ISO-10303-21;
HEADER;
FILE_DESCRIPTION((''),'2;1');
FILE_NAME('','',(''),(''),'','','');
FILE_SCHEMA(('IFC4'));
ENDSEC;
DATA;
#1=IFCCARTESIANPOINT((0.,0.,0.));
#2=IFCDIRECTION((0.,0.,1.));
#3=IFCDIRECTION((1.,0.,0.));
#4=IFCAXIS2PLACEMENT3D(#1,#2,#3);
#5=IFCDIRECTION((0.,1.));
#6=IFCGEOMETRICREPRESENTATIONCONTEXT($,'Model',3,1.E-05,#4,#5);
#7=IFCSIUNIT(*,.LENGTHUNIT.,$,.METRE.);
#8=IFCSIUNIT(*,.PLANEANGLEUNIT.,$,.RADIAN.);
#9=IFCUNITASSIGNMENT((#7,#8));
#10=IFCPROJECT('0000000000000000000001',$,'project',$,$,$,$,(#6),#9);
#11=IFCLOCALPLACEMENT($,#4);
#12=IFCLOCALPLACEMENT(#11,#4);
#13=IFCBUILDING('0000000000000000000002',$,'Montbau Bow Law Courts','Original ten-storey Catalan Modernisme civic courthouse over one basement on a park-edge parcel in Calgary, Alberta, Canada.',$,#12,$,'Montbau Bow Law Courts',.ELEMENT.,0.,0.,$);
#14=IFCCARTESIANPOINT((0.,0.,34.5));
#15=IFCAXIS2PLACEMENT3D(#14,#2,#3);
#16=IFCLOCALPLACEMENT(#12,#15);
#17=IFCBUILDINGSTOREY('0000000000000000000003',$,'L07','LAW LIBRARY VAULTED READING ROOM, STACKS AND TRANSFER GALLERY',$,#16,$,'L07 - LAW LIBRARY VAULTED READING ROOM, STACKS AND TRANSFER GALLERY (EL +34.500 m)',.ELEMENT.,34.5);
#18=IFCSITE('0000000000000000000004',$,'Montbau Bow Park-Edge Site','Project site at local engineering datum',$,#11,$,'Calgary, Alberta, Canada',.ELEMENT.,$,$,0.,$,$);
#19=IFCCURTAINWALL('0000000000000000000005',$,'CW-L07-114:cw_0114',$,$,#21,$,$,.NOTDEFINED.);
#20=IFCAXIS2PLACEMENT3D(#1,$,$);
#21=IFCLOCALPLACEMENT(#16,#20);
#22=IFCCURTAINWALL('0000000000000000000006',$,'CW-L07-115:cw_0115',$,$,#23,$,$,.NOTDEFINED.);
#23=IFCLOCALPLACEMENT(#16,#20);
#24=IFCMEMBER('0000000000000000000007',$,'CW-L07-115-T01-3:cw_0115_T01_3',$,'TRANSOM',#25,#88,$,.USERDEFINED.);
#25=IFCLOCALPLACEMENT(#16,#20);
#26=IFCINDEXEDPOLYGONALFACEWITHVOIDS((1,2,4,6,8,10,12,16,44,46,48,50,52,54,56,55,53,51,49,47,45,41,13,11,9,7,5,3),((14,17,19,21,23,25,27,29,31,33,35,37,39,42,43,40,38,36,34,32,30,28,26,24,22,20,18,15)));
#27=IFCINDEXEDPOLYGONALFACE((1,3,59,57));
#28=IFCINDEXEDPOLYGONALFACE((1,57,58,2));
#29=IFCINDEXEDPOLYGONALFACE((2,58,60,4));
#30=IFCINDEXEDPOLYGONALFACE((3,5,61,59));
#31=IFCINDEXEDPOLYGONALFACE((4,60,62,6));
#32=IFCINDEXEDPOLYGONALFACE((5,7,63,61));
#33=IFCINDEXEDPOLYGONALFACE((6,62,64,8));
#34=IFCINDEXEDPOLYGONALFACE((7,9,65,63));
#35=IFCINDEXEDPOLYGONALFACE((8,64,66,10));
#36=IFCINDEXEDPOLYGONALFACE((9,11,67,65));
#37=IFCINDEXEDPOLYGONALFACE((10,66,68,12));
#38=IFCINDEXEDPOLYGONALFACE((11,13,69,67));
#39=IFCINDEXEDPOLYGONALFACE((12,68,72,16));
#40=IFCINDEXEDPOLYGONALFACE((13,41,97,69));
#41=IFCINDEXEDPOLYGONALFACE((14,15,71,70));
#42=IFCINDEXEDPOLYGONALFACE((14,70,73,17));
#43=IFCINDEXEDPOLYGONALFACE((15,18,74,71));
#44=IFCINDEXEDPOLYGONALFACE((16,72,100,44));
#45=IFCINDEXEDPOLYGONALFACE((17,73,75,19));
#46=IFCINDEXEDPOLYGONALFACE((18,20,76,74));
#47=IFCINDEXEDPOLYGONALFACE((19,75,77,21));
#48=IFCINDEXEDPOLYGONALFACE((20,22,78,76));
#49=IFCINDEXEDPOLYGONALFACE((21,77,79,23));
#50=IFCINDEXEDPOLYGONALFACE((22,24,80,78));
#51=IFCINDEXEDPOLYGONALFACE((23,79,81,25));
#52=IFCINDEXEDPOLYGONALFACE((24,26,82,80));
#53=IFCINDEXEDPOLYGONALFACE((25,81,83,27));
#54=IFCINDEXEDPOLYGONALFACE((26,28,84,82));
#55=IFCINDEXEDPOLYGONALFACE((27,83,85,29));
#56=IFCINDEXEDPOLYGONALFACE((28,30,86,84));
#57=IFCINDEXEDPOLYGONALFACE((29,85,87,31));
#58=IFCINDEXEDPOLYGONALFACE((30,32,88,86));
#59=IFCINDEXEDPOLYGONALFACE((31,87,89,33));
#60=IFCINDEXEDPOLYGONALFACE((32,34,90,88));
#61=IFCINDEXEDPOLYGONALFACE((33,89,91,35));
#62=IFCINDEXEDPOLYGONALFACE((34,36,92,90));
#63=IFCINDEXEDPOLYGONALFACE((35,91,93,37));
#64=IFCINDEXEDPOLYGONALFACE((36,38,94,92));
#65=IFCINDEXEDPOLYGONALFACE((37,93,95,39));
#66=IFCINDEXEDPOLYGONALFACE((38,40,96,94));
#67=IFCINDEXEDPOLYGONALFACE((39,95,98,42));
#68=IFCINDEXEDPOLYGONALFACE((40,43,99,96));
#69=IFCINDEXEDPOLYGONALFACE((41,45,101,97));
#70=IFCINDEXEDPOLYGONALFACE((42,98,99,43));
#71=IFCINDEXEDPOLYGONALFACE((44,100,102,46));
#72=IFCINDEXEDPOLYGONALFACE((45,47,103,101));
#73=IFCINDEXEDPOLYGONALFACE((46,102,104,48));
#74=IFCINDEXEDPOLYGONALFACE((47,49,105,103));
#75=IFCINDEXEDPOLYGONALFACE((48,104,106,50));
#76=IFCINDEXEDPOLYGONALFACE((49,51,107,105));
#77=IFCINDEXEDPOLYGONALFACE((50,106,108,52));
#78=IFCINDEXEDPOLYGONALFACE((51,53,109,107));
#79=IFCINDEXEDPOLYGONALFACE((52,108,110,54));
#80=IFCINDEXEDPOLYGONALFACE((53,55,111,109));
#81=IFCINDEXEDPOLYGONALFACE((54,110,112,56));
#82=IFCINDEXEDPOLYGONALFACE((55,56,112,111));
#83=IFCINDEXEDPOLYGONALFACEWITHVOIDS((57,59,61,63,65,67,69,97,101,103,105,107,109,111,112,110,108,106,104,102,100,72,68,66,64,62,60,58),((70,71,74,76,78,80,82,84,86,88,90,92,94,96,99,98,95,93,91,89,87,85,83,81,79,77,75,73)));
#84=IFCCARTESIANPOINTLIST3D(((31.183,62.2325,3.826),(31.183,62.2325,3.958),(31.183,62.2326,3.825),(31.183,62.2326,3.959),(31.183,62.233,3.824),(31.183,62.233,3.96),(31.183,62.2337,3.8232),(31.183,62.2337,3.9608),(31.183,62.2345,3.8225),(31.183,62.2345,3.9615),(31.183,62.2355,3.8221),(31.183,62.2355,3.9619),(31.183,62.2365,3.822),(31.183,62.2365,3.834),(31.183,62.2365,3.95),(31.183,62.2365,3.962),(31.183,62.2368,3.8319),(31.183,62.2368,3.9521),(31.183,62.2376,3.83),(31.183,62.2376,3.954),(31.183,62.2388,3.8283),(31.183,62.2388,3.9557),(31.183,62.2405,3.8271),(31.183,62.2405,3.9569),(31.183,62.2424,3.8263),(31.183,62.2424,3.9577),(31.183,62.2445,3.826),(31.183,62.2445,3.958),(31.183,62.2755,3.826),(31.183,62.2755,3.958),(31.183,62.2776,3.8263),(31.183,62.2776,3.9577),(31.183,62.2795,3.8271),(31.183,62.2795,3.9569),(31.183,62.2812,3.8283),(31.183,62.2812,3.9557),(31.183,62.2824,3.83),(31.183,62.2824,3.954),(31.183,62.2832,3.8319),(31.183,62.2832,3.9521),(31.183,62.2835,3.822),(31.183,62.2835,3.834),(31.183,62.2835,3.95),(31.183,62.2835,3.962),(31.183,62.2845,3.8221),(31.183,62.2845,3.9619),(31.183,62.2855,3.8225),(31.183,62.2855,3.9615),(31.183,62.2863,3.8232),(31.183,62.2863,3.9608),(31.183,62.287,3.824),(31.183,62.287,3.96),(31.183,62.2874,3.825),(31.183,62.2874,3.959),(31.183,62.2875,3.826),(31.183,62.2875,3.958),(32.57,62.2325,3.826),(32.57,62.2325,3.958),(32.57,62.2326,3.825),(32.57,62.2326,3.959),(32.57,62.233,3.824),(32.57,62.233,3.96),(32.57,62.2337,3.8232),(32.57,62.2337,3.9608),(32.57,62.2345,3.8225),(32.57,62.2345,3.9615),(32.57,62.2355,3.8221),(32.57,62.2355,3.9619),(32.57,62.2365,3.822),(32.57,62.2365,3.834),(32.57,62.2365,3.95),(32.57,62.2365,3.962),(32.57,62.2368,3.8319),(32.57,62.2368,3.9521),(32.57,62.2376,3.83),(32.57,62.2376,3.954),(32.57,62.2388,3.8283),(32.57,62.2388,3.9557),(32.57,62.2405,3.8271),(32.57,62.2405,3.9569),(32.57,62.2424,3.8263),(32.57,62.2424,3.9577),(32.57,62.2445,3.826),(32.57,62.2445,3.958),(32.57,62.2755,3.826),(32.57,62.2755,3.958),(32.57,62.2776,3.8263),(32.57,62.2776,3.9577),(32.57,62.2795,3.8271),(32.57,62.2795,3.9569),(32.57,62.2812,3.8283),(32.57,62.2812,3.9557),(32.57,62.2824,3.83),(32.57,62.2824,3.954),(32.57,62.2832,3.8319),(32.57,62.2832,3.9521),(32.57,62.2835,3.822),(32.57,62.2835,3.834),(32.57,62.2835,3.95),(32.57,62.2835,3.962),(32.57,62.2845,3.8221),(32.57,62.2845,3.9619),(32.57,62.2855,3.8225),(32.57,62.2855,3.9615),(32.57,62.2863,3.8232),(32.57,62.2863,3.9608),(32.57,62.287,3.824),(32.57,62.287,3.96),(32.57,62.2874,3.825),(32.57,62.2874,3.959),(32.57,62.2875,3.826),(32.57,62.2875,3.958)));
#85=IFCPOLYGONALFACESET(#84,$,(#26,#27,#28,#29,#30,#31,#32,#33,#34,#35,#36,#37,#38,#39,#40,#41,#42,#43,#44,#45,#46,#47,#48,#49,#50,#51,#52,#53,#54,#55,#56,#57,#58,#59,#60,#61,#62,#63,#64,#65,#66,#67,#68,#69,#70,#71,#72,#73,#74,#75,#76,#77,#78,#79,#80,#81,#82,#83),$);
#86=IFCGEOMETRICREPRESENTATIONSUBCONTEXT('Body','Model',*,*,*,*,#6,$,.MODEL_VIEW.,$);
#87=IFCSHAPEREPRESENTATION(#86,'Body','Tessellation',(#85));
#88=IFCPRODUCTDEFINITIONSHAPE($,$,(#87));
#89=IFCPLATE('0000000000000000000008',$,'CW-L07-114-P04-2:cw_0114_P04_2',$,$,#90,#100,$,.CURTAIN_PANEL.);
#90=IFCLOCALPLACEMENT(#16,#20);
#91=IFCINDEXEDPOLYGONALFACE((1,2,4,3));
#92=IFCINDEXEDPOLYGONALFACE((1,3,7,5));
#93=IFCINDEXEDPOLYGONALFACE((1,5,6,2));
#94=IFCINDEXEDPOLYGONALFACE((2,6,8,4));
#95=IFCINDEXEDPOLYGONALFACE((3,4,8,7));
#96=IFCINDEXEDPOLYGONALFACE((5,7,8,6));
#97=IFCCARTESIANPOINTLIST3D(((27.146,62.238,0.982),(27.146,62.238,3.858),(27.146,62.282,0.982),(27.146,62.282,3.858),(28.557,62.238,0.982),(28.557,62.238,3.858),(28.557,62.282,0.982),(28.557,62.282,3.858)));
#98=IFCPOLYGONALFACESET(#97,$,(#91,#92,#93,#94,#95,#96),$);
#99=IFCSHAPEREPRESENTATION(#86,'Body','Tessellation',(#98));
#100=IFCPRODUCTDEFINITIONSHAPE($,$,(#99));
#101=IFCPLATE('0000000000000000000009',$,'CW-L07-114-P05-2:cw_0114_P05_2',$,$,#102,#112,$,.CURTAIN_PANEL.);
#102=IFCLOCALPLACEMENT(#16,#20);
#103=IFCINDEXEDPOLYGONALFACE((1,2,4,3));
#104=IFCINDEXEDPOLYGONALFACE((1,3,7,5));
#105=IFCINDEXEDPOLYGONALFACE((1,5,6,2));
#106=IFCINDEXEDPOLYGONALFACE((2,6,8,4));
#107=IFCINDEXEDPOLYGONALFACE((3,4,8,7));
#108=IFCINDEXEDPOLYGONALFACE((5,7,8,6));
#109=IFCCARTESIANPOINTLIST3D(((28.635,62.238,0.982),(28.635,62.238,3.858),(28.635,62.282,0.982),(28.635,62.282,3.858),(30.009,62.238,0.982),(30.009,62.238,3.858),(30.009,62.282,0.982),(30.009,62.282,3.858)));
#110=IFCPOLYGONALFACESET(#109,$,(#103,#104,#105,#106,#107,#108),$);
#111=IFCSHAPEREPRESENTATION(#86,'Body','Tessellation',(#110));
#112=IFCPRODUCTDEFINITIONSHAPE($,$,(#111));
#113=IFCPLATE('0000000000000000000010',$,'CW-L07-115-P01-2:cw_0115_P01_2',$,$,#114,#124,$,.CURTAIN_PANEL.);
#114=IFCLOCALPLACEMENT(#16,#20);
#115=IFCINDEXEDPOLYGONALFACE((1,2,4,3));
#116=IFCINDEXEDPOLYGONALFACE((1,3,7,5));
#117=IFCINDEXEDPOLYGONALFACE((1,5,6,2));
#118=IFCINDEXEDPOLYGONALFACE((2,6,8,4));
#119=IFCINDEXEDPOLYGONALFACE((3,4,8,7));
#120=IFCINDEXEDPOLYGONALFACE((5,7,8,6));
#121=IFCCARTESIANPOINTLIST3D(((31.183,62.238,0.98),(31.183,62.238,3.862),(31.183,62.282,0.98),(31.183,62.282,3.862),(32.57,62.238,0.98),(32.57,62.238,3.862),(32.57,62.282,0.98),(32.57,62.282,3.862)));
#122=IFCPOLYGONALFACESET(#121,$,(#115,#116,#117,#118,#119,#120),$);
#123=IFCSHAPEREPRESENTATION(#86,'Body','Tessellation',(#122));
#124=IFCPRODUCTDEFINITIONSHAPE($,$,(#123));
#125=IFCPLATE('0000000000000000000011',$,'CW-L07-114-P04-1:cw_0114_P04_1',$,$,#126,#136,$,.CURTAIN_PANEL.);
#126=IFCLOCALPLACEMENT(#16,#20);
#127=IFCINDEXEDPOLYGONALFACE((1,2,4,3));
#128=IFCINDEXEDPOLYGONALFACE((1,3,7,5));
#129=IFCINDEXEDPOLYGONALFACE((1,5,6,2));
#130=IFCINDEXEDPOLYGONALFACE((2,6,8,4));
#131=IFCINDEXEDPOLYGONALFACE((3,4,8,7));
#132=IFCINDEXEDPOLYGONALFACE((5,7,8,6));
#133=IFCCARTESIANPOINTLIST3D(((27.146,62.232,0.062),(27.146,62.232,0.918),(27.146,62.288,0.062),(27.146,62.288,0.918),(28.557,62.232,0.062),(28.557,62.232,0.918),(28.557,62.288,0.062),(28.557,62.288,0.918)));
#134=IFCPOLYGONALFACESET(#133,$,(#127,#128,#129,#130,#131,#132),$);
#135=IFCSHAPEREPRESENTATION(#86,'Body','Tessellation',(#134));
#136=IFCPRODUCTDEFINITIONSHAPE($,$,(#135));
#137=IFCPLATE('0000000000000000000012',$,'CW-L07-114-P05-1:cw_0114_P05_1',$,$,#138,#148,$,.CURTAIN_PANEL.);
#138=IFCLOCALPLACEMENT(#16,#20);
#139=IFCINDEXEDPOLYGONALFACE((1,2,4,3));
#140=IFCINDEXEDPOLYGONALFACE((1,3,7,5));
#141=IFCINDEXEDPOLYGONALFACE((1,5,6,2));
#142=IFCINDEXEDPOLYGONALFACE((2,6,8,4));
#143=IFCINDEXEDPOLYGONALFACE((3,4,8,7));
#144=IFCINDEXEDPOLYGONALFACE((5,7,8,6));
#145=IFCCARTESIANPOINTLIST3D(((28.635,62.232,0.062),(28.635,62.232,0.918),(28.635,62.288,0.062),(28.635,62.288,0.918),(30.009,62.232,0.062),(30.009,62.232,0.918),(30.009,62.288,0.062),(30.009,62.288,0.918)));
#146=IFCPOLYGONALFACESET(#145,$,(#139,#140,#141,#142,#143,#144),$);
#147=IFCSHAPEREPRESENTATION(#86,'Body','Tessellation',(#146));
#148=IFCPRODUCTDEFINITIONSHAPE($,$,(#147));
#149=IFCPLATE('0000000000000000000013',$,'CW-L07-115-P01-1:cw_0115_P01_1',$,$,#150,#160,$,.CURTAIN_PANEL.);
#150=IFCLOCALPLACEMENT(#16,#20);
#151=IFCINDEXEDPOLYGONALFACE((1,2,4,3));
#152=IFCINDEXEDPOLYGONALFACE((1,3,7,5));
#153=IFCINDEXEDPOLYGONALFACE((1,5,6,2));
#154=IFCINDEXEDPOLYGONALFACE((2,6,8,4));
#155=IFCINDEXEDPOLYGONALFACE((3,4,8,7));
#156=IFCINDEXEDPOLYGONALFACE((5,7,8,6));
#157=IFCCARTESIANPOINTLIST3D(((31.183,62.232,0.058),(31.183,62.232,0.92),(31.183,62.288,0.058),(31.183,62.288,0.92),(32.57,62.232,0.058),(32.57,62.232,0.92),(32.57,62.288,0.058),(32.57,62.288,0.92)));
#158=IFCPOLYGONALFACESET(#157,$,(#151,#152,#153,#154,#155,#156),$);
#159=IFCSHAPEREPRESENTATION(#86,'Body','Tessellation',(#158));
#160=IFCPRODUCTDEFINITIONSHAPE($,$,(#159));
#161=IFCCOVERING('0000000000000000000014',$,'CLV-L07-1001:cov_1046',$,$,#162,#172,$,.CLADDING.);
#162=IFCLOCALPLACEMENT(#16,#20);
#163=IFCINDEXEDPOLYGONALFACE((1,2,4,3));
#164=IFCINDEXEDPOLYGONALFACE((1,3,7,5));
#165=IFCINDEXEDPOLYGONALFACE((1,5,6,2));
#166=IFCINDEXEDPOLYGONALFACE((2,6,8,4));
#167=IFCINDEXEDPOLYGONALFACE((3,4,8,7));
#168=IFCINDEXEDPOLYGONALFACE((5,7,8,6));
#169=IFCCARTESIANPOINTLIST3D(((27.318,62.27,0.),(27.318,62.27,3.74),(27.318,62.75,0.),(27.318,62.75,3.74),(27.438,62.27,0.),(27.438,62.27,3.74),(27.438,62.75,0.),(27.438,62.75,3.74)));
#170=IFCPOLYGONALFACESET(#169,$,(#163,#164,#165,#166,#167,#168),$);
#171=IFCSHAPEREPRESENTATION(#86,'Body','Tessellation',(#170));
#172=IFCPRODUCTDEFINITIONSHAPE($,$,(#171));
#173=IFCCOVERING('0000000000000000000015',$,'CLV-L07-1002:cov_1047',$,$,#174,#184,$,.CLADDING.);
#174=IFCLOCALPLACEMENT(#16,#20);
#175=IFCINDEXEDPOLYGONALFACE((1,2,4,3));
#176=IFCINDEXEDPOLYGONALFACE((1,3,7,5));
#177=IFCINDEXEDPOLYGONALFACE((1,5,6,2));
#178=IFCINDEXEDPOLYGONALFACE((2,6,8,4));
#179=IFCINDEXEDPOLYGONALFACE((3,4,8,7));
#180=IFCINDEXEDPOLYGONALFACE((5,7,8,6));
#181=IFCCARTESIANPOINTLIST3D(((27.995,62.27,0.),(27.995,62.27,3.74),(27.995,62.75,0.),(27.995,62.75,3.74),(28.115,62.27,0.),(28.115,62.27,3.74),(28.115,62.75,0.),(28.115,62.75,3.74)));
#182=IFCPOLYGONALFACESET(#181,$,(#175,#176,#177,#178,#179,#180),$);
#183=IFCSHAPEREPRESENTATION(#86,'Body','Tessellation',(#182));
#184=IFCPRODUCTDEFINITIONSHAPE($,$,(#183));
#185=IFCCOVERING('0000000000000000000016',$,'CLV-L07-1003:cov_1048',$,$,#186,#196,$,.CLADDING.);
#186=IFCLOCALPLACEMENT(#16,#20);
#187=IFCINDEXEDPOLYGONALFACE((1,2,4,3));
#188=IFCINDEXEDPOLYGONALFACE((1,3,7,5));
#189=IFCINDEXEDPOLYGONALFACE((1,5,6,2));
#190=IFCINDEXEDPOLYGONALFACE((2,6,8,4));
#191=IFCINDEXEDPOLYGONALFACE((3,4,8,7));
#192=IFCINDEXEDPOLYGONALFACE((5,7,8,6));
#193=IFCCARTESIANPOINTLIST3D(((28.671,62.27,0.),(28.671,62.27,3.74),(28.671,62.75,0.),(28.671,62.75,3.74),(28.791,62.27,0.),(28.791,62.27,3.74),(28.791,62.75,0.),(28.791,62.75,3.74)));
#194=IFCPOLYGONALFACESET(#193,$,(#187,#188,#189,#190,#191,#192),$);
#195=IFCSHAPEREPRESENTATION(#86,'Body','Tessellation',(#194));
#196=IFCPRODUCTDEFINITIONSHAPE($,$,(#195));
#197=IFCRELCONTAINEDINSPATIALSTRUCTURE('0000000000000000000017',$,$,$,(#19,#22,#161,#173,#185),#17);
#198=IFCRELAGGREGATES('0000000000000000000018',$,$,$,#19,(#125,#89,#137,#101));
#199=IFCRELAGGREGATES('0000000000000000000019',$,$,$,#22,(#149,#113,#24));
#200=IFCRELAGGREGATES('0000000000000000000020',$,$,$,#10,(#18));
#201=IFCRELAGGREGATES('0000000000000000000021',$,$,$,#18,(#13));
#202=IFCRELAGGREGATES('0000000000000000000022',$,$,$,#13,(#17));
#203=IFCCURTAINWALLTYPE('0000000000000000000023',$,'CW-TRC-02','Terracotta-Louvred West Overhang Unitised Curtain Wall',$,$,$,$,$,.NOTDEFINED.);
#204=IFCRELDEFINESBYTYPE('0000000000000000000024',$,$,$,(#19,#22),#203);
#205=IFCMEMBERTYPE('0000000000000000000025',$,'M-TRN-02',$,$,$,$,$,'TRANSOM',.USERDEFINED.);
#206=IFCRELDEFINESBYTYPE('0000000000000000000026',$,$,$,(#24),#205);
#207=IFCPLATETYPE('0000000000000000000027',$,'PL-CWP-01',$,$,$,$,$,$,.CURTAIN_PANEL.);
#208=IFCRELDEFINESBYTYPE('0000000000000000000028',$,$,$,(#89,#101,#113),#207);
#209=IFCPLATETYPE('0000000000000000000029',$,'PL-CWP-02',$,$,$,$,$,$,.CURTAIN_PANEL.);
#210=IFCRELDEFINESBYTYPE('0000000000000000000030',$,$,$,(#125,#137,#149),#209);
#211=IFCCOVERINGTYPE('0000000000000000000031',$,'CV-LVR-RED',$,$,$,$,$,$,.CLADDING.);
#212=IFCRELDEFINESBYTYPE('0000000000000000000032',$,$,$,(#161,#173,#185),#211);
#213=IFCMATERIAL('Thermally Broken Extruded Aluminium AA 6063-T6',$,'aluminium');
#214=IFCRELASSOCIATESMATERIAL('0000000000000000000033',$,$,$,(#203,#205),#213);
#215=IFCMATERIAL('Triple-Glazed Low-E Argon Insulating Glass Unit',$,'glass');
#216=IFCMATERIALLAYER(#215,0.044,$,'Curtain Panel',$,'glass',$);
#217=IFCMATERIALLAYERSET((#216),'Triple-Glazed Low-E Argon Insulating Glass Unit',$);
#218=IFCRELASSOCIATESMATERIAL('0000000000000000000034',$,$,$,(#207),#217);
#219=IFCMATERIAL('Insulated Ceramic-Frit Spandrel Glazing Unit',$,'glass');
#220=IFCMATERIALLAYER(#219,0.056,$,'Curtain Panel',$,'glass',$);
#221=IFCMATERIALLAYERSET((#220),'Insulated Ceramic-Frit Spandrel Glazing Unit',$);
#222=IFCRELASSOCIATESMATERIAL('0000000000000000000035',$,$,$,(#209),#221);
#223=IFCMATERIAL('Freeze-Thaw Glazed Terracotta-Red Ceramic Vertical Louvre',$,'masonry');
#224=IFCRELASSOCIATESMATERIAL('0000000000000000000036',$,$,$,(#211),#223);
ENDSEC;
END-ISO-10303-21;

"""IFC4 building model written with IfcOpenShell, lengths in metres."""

from ifc_helpers import new_model, si_unit, direction, frame, frame_2d, origin_with_axes, origin_2d_with_axis, place, context, subcontext, project, spatial, rectangle, hollow_rectangle, extrude, material, layer, layer_set, material_profile, profile_set, type_object, element, aggregate, save


model = new_model("IFC4")

# Units and contexts
model_context = context("Model", 3, precision=1e-05, world=origin_with_axes(), true_north=direction((0.0, 1.0)))
body_context = subcontext(model_context, "Body", "Model", "MODEL_VIEW")
ifc_project = project(units=[si_unit("LENGTHUNIT", "METRE"), si_unit("PLANEANGLEUNIT", "RADIAN")], contexts=[model_context])

# Site, building, storey
site_placement = place(None, origin_with_axes())
site = spatial("IfcSite", under=ifc_project, at=site_placement, Name="Montbau Bow Park-Edge Site", Description="Project site at local engineering datum", LongName="Calgary, Alberta, Canada", CompositionType="ELEMENT", RefElevation=0.0)
building_placement = place(site_placement, origin_with_axes())
building = spatial("IfcBuilding", under=site, at=building_placement, Name="Montbau Bow Law Courts", Description="Original ten-storey Catalan Modernisme civic courthouse over one basement on a park-edge parcel in Calgary, Alberta, Canada.", LongName="Montbau Bow Law Courts", CompositionType="ELEMENT", ElevationOfRefHeight=0.0, ElevationOfTerrain=0.0)
storey_placement = place(building_placement, frame((0.0, 0.0, 34.5), z_axis=(0.0, 0.0, 1.0), x_axis=(1.0, 0.0, 0.0)))
storey = spatial("IfcBuildingStorey", under=building, at=storey_placement, Name="L07", Description="LAW LIBRARY VAULTED READING ROOM, STACKS AND TRANSFER GALLERY", LongName="L07 - LAW LIBRARY VAULTED READING ROOM, STACKS AND TRANSFER GALLERY (EL +34.500 m)", CompositionType="ELEMENT", Elevation=34.5)

# Curtain wall
ifc_material_1 = material(Name="Thermally Broken Extruded Aluminium AA 6063-T6", Category="aluminium")
curtain_wall_type = type_object("IfcCurtainWallType", Name="CW-TRC-02", Description="Terracotta-Louvred West Overhang Unitised Curtain Wall", PredefinedType="NOTDEFINED", material=ifc_material_1)
curtain_wall_1_placement = place(None, frame((22.64, 62.26, 34.5), z_axis=(0.0, 0.0, 1.0), x_axis=(1.0, 0.0, 0.0)))
curtain_wall_1 = element("IfcCurtainWall", 1, at=curtain_wall_1_placement, inside=storey, type_object=curtain_wall_type, Name="CW-L07-114:cw_0114", PredefinedType="NOTDEFINED")

# Curtain wall
curtain_wall_2_placement = place(None, frame((31.115, 62.26, 34.5), z_axis=(0.0, 0.0, 1.0), x_axis=(1.0, 0.0, 0.0)))
curtain_wall_2 = element("IfcCurtainWall", 2, at=curtain_wall_2_placement, inside=storey, type_object=curtain_wall_type, Name="CW-L07-115:cw_0115", PredefinedType="NOTDEFINED")

# Member
ifc_material_profile_1 = material_profile(ifc_material_1, hollow_rectangle(XDim=0.055, YDim=0.14, WallThickness=0.004, InnerFilletRadius=0.008, OuterFilletRadius=0.004, at=origin_2d_with_axis()), Name="CWT-140X55", Category="Main", Priority=0)
ifc_profile_set_1 = profile_set([ifc_material_profile_1], Name="Thermally Broken Extruded Aluminium AA 6063-T6")
member_type_1 = type_object("IfcMemberType", Name="M-TRN-02", ElementType="TRANSOM", PredefinedType="USERDEFINED", material=ifc_profile_set_1)
member_1_placement = place(None, frame((31.183, 62.26, 38.392), z_axis=(1.0, 0.0, 0.0), x_axis=(0.0, 1.0, 0.0)))
member_1 = element("IfcMember", 3, at=member_1_placement, type_object=member_type_1, Name="CW-L07-115-T01-3:cw_0115_T01_3", ObjectType="TRANSOM", PredefinedType="USERDEFINED", context=body_context, shape_type="SweptSolid", body=[
    extrude(hollow_rectangle(XDim=0.055, YDim=0.14, WallThickness=0.004, InnerFilletRadius=0.008, OuterFilletRadius=0.004, at=origin_2d_with_axis()), origin_with_axes(), (0.0, 0.0, 1.0), 1.387),
])

# Plates
ifc_material_2 = material(Name="Triple-Glazed Low-E Argon Insulating Glass Unit", Category="glass")
ifc_layer_1 = layer(ifc_material_2, 0.044, Name="Curtain Panel", Category="glass")
ifc_layer_set_1 = layer_set([ifc_layer_1], Name="Triple-Glazed Low-E Argon Insulating Glass Unit")
plate_type_1 = type_object("IfcPlateType", Name="PL-CWP-01", PredefinedType="CURTAIN_PANEL", material=ifc_layer_set_1)
plate_1_placement = place(None, frame((27.146, 62.26, 35.482), z_axis=(0.0, -1.0, 0.0), x_axis=(1.0, 0.0, 0.0)))
plate_1 = element("IfcPlate", 4, at=plate_1_placement, type_object=plate_type_1, Name="CW-L07-114-P04-2:cw_0114_P04_2", PredefinedType="CURTAIN_PANEL", context=body_context, shape_type="SweptSolid", body=[
    extrude(rectangle(XDim=1.411, YDim=2.876, at=frame_2d((0.7055, 1.438), x_axis=(1.0, 0.0))), frame((0.0, 0.0, -0.022), z_axis=(0.0, 0.0, 1.0), x_axis=(1.0, 0.0, 0.0)), (0.0, 0.0, 1.0), 0.044),
])
plate_2_placement = place(None, frame((28.635, 62.26, 35.482), z_axis=(0.0, -1.0, 0.0), x_axis=(1.0, 0.0, 0.0)))
plate_2 = element("IfcPlate", 5, at=plate_2_placement, type_object=plate_type_1, Name="CW-L07-114-P05-2:cw_0114_P05_2", PredefinedType="CURTAIN_PANEL", context=body_context, shape_type="SweptSolid", body=[
    extrude(rectangle(XDim=1.374, YDim=2.876, at=frame_2d((0.687, 1.438), x_axis=(1.0, 0.0))), frame((0.0, 0.0, -0.022), z_axis=(0.0, 0.0, 1.0), x_axis=(1.0, 0.0, 0.0)), (0.0, 0.0, 1.0), 0.044),
])
plate_3_placement = place(None, frame((31.183, 62.26, 35.48), z_axis=(0.0, -1.0, 0.0), x_axis=(1.0, 0.0, 0.0)))
plate_3 = element("IfcPlate", 6, at=plate_3_placement, type_object=plate_type_1, Name="CW-L07-115-P01-2:cw_0115_P01_2", PredefinedType="CURTAIN_PANEL", context=body_context, shape_type="SweptSolid", body=[
    extrude(rectangle(XDim=1.387, YDim=2.882, at=frame_2d((0.6935, 1.441), x_axis=(1.0, 0.0))), frame((0.0, 0.0, -0.022), z_axis=(0.0, 0.0, 1.0), x_axis=(1.0, 0.0, 0.0)), (0.0, 0.0, 1.0), 0.044),
])
ifc_material_3 = material(Name="Insulated Ceramic-Frit Spandrel Glazing Unit", Category="glass")
ifc_layer_2 = layer(ifc_material_3, 0.056, Name="Curtain Panel", Category="glass")
ifc_layer_set_2 = layer_set([ifc_layer_2], Name="Insulated Ceramic-Frit Spandrel Glazing Unit")
plate_type_2 = type_object("IfcPlateType", Name="PL-CWP-02", PredefinedType="CURTAIN_PANEL", material=ifc_layer_set_2)
plate_4_placement = place(None, frame((27.146, 62.26, 34.562), z_axis=(0.0, -1.0, 0.0), x_axis=(1.0, 0.0, 0.0)))
plate_4 = element("IfcPlate", 7, at=plate_4_placement, type_object=plate_type_2, Name="CW-L07-114-P04-1:cw_0114_P04_1", PredefinedType="CURTAIN_PANEL", context=body_context, shape_type="SweptSolid", body=[
    extrude(rectangle(XDim=1.411, YDim=0.856, at=frame_2d((0.7055, 0.428), x_axis=(1.0, 0.0))), frame((0.0, 0.0, -0.028), z_axis=(0.0, 0.0, 1.0), x_axis=(1.0, 0.0, 0.0)), (0.0, 0.0, 1.0), 0.056),
])
plate_5_placement = place(None, frame((28.635, 62.26, 34.562), z_axis=(0.0, -1.0, 0.0), x_axis=(1.0, 0.0, 0.0)))
plate_5 = element("IfcPlate", 8, at=plate_5_placement, type_object=plate_type_2, Name="CW-L07-114-P05-1:cw_0114_P05_1", PredefinedType="CURTAIN_PANEL", context=body_context, shape_type="SweptSolid", body=[
    extrude(rectangle(XDim=1.374, YDim=0.856, at=frame_2d((0.687, 0.428), x_axis=(1.0, 0.0))), frame((0.0, 0.0, -0.028), z_axis=(0.0, 0.0, 1.0), x_axis=(1.0, 0.0, 0.0)), (0.0, 0.0, 1.0), 0.056),
])
aggregate(curtain_wall_1, [plate_4, plate_1, plate_5, plate_2])
plate_6_placement = place(None, frame((31.183, 62.26, 34.558), z_axis=(0.0, -1.0, 0.0), x_axis=(1.0, 0.0, 0.0)))
plate_6 = element("IfcPlate", 9, at=plate_6_placement, type_object=plate_type_2, Name="CW-L07-115-P01-1:cw_0115_P01_1", PredefinedType="CURTAIN_PANEL", context=body_context, shape_type="SweptSolid", body=[
    extrude(rectangle(XDim=1.387, YDim=0.862, at=frame_2d((0.6935, 0.431), x_axis=(1.0, 0.0))), frame((0.0, 0.0, -0.028), z_axis=(0.0, 0.0, 1.0), x_axis=(1.0, 0.0, 0.0)), (0.0, 0.0, 1.0), 0.056),
])
aggregate(curtain_wall_2, [plate_6, plate_3, member_1])

# Coverings
ifc_material_4 = material(Name="Freeze-Thaw Glazed Terracotta-Red Ceramic Vertical Louvre", Category="masonry")
covering_type = type_object("IfcCoveringType", Name="CV-LVR-RED", PredefinedType="CLADDING", material=ifc_material_4)
for number, where, z_axis, x_axis, name in (
    (10, (27.378, 62.27, 34.5), (1.0, 0.0, 0.0), (0.0, 1.0, 0.0), "CLV-L07-1001:cov_1046"),
    (11, (28.055, 62.27, 34.5), (1.0, 0.0, 0.0), (0.0, 1.0, 0.0), "CLV-L07-1002:cov_1047"),
    (12, (28.731, 62.27, 34.5), (1.0, 0.0, 0.0), (0.0, 1.0, 0.0), "CLV-L07-1003:cov_1048"),
):
    element("IfcCovering", number, at=place(None, frame(where, z_axis=z_axis, x_axis=x_axis)), inside=storey, type_object=covering_type, Name=name, PredefinedType="CLADDING", context=body_context, shape_type="SweptSolid", body=[
        extrude(rectangle(XDim=0.48, YDim=3.74, at=frame_2d((0.24, 1.87), x_axis=(1.0, 0.0))), frame((0.0, 0.0, -0.06), z_axis=(0.0, 0.0, 1.0), x_axis=(1.0, 0.0, 0.0)), (0.0, 0.0, 1.0), 0.12),
    ])

save(model, "model.ifc")
